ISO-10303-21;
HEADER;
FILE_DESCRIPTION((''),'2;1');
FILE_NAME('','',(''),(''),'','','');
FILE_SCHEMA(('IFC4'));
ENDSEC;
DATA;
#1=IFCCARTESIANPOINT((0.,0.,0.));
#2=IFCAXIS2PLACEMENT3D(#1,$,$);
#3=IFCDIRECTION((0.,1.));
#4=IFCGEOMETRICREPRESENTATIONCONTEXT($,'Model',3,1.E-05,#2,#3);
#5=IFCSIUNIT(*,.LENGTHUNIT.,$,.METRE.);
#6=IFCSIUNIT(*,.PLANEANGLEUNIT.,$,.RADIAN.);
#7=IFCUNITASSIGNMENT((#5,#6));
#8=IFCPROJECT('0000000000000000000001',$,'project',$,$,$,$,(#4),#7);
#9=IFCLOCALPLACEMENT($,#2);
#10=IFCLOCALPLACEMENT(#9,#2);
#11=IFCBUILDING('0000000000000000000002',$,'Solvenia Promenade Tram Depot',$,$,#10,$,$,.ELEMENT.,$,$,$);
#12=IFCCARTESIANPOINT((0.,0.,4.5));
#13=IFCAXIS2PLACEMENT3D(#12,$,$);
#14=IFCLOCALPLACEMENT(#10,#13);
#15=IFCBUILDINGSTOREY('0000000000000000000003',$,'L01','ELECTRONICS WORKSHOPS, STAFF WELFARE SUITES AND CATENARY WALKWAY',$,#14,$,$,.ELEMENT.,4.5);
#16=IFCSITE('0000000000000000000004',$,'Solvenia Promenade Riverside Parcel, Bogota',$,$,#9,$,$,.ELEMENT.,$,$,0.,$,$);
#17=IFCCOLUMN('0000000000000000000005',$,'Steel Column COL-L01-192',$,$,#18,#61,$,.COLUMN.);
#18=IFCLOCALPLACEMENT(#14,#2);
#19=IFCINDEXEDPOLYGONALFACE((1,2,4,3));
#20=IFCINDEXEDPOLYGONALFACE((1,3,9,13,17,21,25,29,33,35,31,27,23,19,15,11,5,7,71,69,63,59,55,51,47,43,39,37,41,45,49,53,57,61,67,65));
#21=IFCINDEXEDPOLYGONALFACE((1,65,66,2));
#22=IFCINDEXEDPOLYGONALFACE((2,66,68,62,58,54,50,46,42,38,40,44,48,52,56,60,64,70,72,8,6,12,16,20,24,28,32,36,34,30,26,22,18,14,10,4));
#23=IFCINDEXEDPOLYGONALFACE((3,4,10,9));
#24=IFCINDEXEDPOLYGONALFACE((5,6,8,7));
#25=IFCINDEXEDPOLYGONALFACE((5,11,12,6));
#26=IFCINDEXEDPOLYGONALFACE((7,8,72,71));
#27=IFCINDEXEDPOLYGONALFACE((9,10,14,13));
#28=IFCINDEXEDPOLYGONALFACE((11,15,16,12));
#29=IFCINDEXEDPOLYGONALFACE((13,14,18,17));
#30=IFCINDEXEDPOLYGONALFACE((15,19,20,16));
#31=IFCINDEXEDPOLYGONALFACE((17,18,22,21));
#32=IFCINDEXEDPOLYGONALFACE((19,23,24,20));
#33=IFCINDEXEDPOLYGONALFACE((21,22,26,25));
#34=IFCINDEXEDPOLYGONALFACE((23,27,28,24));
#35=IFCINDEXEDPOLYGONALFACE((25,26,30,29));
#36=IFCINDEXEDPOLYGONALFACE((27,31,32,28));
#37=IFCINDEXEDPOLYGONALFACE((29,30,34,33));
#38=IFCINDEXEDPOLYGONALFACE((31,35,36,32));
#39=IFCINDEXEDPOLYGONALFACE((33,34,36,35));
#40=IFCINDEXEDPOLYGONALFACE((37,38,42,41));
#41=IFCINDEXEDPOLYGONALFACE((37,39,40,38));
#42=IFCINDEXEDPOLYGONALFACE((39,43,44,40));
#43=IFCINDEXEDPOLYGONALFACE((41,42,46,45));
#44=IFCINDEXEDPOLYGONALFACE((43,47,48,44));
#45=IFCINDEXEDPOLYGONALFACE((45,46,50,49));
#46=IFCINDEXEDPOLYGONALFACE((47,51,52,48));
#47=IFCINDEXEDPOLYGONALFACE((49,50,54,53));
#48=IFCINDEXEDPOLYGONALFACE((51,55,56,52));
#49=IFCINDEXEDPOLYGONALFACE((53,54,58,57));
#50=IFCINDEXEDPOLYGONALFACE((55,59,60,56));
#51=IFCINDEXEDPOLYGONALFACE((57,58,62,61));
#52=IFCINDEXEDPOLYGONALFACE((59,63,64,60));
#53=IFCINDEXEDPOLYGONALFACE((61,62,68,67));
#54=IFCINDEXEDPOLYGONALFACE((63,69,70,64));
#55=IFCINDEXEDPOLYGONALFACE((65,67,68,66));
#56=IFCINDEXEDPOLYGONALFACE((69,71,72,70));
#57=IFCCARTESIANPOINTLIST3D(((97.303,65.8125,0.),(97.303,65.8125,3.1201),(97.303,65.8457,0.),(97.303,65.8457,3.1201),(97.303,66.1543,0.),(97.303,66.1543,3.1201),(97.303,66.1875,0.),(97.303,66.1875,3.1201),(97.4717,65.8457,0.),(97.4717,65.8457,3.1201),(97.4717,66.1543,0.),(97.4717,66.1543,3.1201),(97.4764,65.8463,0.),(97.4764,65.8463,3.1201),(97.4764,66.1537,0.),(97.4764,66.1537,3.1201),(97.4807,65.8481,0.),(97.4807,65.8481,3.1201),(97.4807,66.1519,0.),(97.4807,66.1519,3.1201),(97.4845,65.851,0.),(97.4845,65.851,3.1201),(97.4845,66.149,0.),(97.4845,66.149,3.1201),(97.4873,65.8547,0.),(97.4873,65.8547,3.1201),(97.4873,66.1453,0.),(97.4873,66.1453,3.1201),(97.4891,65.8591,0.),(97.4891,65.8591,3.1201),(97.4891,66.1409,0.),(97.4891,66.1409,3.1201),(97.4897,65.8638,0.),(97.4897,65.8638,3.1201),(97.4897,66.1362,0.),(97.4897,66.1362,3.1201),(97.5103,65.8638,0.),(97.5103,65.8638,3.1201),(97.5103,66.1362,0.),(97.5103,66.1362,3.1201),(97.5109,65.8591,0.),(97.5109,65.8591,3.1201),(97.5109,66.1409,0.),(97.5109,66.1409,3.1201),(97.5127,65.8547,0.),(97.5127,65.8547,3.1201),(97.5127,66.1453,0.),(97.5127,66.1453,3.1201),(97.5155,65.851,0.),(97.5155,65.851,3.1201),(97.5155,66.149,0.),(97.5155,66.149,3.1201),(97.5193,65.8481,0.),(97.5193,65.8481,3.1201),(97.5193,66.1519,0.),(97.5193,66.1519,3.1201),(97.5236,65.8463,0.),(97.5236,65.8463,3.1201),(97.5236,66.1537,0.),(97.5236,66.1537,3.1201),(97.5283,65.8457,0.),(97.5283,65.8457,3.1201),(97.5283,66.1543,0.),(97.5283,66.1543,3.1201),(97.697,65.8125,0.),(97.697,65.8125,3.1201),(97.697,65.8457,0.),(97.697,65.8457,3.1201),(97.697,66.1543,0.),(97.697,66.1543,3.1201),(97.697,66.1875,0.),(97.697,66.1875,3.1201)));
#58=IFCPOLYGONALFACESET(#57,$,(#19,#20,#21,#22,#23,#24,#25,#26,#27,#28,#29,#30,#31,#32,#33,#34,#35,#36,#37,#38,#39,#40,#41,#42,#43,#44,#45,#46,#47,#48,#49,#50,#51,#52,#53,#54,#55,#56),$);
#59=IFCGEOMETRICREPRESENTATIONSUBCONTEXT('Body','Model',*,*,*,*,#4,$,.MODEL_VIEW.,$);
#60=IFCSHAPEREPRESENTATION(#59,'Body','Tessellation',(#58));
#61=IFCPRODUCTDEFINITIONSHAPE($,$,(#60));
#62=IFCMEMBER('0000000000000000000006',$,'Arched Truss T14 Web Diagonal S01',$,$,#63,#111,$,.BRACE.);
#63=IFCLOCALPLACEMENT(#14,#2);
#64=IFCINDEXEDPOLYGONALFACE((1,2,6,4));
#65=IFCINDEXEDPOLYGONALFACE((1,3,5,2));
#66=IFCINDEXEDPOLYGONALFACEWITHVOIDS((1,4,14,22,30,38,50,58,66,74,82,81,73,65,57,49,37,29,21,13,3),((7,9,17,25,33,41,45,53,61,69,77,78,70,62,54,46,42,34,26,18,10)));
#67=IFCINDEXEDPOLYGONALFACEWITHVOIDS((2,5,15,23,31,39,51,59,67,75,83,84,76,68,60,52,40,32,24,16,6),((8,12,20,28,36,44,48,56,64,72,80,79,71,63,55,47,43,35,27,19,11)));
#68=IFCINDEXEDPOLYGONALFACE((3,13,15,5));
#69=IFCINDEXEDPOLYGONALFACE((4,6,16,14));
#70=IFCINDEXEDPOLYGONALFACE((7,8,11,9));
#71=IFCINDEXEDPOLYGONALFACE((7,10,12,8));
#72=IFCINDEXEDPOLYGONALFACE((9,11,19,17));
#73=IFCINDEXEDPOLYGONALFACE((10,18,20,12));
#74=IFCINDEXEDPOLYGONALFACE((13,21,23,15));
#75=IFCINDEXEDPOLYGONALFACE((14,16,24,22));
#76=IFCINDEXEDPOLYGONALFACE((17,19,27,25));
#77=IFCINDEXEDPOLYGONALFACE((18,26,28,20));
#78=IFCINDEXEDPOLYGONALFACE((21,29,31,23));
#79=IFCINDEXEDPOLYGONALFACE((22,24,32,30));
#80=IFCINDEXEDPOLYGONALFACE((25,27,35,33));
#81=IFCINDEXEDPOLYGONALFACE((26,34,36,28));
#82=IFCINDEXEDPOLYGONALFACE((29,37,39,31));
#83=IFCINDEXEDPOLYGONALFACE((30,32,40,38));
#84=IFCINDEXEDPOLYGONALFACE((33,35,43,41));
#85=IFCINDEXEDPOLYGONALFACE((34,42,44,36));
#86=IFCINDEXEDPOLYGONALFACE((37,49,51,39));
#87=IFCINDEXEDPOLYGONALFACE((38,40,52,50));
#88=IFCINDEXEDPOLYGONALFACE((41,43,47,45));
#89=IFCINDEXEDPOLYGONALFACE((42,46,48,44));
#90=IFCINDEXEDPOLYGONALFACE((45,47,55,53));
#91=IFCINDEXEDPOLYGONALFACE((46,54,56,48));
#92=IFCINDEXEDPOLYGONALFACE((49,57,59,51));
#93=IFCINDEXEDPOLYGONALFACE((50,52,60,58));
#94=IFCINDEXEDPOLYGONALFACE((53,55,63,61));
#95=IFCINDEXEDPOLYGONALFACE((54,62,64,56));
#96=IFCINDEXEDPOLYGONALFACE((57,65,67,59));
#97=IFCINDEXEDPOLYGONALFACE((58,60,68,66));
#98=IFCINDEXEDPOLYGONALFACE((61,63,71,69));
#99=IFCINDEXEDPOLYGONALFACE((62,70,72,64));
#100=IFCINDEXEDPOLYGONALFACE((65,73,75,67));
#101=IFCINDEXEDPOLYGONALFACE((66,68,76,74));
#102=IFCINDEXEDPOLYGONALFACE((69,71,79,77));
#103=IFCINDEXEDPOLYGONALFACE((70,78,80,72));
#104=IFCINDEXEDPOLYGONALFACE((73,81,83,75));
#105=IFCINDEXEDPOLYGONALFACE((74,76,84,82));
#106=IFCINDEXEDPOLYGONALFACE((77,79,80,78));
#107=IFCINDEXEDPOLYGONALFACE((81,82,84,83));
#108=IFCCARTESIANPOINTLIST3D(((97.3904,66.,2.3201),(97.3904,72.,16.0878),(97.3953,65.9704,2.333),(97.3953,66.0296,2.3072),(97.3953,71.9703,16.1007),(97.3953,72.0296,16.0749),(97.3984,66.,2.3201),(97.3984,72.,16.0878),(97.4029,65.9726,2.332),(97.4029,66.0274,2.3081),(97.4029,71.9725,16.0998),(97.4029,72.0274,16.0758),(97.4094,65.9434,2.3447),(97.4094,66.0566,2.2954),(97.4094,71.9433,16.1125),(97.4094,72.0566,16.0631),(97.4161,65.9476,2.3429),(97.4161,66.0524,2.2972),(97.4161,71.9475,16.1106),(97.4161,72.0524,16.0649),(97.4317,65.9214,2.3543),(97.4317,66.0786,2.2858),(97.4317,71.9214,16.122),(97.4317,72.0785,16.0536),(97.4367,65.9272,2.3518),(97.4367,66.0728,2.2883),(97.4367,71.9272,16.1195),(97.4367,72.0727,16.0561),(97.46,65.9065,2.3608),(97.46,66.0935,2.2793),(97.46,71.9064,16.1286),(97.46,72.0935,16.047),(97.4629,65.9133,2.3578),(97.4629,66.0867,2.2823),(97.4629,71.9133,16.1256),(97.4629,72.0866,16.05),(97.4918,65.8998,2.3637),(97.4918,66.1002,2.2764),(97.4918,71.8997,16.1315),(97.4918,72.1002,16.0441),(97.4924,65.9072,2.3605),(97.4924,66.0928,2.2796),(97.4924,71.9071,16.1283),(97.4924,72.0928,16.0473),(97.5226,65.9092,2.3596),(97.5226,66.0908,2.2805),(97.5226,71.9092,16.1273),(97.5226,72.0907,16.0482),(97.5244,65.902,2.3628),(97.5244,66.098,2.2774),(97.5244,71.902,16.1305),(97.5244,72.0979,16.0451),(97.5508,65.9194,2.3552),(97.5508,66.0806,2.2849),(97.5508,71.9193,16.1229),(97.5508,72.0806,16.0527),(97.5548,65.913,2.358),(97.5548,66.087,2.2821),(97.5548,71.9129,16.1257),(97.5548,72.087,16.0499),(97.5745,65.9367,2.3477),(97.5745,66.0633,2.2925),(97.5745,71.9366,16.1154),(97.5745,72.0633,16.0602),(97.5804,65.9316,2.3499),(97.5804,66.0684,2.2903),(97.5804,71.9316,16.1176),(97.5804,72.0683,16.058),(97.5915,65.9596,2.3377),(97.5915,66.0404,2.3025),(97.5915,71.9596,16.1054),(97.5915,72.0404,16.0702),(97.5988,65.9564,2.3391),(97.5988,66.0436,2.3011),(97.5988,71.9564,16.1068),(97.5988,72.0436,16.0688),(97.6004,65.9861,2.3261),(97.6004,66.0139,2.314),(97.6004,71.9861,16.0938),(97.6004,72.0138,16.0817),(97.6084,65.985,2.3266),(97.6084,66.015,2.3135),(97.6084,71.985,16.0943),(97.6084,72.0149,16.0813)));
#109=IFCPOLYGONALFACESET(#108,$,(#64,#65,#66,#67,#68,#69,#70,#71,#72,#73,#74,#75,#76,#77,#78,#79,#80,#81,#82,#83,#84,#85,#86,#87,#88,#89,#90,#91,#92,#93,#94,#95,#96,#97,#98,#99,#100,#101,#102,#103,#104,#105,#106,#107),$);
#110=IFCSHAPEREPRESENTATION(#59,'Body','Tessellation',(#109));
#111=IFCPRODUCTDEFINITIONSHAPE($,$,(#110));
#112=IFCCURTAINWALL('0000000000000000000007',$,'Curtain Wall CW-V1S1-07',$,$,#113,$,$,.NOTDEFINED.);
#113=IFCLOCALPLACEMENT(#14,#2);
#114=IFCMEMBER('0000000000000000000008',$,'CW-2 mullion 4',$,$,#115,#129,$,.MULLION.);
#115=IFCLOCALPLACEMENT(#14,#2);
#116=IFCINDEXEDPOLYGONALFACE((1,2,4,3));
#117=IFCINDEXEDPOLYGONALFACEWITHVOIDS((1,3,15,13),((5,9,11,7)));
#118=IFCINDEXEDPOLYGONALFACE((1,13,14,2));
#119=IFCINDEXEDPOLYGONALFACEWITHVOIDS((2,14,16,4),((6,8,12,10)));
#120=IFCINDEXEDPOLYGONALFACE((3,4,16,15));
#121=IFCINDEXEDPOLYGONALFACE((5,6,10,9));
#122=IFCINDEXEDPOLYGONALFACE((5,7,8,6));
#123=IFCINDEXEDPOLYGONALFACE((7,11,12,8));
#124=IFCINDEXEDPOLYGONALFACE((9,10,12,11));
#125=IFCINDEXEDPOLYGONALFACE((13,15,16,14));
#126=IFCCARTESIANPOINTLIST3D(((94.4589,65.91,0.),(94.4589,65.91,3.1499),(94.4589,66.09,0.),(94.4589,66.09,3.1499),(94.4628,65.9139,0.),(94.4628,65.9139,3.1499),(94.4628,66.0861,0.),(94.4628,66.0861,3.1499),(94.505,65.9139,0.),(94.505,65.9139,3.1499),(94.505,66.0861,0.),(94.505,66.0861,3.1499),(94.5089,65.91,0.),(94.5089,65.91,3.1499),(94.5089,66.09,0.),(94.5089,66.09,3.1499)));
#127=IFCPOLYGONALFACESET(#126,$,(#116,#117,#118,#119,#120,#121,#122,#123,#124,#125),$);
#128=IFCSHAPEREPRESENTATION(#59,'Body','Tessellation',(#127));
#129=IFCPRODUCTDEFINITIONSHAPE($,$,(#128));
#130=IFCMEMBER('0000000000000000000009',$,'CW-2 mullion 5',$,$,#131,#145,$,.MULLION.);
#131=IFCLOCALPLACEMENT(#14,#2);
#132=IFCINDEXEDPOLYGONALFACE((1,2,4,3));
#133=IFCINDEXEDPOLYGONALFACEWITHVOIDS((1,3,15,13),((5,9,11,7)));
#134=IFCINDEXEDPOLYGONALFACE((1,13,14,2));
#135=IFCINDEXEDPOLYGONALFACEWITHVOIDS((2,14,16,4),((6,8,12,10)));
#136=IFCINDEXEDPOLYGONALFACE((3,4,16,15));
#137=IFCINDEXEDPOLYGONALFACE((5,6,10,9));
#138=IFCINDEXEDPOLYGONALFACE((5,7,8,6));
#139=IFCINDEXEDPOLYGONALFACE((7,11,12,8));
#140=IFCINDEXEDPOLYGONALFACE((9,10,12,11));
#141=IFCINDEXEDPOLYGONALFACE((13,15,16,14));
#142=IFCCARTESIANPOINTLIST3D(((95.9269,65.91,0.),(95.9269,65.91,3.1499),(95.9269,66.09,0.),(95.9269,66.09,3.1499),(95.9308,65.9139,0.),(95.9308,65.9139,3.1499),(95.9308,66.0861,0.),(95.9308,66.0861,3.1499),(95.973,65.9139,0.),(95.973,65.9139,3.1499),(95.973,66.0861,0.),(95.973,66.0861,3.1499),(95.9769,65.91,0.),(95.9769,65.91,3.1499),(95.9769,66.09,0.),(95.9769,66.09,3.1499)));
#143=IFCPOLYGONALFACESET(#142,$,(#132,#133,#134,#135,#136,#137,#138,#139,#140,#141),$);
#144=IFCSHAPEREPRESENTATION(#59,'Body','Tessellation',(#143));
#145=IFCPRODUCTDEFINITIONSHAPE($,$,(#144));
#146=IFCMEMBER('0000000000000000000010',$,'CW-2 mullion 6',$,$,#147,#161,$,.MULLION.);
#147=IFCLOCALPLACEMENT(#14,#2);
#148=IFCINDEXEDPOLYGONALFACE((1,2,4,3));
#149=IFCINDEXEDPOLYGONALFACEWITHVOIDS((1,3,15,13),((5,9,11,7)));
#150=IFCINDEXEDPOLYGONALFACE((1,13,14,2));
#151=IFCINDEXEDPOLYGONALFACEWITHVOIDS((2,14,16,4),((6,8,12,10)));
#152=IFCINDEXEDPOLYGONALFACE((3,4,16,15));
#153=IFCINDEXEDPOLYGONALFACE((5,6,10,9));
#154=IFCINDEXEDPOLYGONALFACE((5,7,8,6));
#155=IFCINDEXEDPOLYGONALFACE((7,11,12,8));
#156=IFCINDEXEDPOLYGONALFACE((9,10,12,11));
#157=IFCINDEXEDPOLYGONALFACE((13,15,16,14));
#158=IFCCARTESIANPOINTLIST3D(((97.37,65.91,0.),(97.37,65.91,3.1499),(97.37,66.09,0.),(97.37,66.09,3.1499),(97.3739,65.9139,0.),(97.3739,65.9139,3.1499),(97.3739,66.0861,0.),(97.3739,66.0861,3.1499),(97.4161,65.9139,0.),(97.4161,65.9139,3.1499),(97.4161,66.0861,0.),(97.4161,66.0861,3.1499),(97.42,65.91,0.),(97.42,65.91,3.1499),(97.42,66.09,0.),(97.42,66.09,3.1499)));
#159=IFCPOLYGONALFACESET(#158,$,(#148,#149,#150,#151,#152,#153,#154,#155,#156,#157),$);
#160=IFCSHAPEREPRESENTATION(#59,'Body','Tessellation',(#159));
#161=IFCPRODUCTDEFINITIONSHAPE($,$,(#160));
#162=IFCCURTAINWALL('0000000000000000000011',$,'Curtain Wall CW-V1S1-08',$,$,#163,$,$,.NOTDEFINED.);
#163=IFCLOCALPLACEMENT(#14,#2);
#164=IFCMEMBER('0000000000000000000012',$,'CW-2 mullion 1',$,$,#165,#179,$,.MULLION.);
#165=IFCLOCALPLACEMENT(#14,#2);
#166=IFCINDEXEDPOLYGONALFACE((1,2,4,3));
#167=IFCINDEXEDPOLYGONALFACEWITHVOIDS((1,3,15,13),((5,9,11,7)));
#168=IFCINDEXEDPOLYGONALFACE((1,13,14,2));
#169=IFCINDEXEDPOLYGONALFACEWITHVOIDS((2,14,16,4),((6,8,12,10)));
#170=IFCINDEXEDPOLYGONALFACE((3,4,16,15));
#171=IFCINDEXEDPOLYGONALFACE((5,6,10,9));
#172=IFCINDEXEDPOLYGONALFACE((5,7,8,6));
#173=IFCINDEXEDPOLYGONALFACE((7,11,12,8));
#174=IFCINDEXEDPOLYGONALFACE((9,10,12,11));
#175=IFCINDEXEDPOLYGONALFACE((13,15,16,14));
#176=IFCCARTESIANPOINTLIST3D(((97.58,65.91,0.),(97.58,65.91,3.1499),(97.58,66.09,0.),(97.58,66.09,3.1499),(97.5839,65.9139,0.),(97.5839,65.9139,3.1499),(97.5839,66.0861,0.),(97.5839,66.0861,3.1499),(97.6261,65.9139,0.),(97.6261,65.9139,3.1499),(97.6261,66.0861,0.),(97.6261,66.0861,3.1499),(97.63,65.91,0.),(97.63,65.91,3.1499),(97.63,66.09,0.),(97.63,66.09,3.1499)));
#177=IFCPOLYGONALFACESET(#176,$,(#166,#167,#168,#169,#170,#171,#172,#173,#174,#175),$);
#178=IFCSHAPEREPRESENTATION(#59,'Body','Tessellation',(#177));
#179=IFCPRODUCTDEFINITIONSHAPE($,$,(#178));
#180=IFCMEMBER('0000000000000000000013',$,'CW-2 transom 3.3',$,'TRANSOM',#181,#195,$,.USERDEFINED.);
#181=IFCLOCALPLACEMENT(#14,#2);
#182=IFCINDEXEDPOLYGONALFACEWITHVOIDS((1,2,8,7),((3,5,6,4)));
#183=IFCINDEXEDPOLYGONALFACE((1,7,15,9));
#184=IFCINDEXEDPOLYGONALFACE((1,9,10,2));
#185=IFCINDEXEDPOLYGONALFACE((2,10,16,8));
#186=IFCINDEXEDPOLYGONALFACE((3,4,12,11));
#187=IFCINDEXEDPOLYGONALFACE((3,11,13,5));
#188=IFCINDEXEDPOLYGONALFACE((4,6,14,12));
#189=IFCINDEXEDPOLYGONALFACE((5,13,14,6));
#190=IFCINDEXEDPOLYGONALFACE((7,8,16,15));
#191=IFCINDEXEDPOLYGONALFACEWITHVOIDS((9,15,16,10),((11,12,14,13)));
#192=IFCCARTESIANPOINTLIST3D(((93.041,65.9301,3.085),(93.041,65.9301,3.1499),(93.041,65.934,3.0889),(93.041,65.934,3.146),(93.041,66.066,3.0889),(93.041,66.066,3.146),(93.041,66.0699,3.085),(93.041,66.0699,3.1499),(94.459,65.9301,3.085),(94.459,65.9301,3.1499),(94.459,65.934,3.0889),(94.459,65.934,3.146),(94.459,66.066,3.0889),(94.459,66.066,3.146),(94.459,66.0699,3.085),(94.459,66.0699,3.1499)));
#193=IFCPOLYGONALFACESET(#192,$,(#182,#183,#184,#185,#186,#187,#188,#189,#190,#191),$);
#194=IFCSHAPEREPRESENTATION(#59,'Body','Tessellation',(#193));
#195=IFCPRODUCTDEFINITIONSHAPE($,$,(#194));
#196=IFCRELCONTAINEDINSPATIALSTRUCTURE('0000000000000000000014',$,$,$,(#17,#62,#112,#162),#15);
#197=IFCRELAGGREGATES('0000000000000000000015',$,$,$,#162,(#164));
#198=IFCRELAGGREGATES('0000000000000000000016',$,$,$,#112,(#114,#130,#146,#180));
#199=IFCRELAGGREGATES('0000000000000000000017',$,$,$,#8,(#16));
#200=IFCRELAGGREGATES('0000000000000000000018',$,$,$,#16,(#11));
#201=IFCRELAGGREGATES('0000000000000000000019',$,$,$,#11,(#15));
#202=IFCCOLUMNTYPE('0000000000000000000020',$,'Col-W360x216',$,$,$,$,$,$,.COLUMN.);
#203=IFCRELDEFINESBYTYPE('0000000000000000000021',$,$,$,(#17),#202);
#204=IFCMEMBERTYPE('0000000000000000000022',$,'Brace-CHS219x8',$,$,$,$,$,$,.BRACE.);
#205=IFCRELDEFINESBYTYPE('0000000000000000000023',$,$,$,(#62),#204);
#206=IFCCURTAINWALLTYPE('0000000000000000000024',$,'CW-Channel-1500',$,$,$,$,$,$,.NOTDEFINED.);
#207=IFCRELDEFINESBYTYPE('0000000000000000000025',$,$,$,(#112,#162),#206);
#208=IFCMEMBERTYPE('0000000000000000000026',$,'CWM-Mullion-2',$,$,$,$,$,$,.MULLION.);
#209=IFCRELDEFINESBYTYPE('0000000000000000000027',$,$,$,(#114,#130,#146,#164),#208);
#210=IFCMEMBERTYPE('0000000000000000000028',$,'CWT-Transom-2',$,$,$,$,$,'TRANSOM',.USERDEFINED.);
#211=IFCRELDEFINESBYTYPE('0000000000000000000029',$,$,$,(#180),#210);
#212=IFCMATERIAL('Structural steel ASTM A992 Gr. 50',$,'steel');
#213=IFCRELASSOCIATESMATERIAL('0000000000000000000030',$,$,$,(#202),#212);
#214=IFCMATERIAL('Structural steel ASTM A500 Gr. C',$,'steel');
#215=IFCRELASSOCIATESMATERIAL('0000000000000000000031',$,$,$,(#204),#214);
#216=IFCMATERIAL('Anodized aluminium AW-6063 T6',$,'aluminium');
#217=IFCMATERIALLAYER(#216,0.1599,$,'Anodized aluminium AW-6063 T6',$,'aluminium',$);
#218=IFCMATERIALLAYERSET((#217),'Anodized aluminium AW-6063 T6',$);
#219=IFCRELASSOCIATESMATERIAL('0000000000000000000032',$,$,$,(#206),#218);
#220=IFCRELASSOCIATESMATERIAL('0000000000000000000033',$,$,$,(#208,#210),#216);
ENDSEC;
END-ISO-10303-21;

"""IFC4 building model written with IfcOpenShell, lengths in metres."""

from ifc_helpers import new_model, si_unit, direction, frame, origin, origin_2d, place, context, subcontext, project, spatial, hollow_rectangle, hollow_circle, i_section, extrude, material, layer, layer_set, material_profile, profile_set, type_object, element, aggregate, save


model = new_model("IFC4")

# Units and contexts
model_context = context("Model", 3, precision=1e-05, world=origin(), true_north=direction((0.0, 1.0)))
body_context = subcontext(model_context, "Body", "Model", "MODEL_VIEW")
ifc_project = project(units=[si_unit("LENGTHUNIT", "METRE"), si_unit("PLANEANGLEUNIT", "RADIAN")], contexts=[model_context])

# Site, building, storey
site_placement = place(None, origin())
site = spatial("IfcSite", under=ifc_project, at=site_placement, Name="Solvenia Promenade Riverside Parcel, Bogota", CompositionType="ELEMENT", RefElevation=0.0)
building_placement = place(site_placement, origin())
building = spatial("IfcBuilding", under=site, at=building_placement, Name="Solvenia Promenade Tram Depot", CompositionType="ELEMENT")
storey_placement = place(building_placement, frame((0.0, 0.0, 4.5)))
storey = spatial("IfcBuildingStorey", under=building, at=storey_placement, Name="L01", Description="ELECTRONICS WORKSHOPS, STAFF WELFARE SUITES AND CATENARY WALKWAY", CompositionType="ELEMENT", Elevation=4.5)

# Column
ifc_material_1 = material(Name="Structural steel ASTM A992 Gr. 50", Category="steel")
ifc_material_profile_1 = material_profile(ifc_material_1, i_section(OverallWidth=0.394, OverallDepth=0.375, WebThickness=0.0205, FlangeThickness=0.0332, FilletRadius=0.0181, at=origin_2d()), Name="W360x216", Category="steel")
ifc_profile_set_1 = profile_set([ifc_material_profile_1], Name="Structural steel ASTM A992 Gr. 50")
column_type = type_object("IfcColumnType", Name="Col-W360x216", PredefinedType="COLUMN", material=ifc_profile_set_1)
column_placement = place(storey_placement, frame((97.5, 66.0, 0.0), z_axis=(0.0, 0.0, 1.0), x_axis=(1.0, 0.0, 0.0)))
element("IfcColumn", 1, at=column_placement, inside=storey, type_object=column_type, Name="Steel Column COL-L01-192", PredefinedType="COLUMN", context=body_context, shape_type="SweptSolid", body=[
    extrude(i_section(OverallWidth=0.394, OverallDepth=0.375, WebThickness=0.0205, FlangeThickness=0.0332, FilletRadius=0.0181, at=origin_2d()), origin(), (0.0, 0.0, 1.0), 3.1201),
])

# Member
ifc_material_2 = material(Name="Structural steel ASTM A500 Gr. C", Category="steel")
ifc_material_profile_2 = material_profile(ifc_material_2, hollow_circle(Radius=0.1096, WallThickness=0.0081, at=origin_2d()), Name="CHS219.1x8", Category="steel")
ifc_profile_set_2 = profile_set([ifc_material_profile_2], Name="Structural steel ASTM A500 Gr. C")
member_type_1 = type_object("IfcMemberType", Name="Brace-CHS219x8", PredefinedType="BRACE", material=ifc_profile_set_2)
member_1_placement = place(storey_placement, frame((97.5, 66.0, 2.3201), z_axis=(0.0, 0.399509, 0.916729), x_axis=(-1.0, 0.0, 0.0)))
element("IfcMember", 2, at=member_1_placement, inside=storey, type_object=member_type_1, Name="Arched Truss T14 Web Diagonal S01", PredefinedType="BRACE", context=body_context, shape_type="SweptSolid", body=[
    extrude(hollow_circle(Radius=0.1096, WallThickness=0.0081, at=origin_2d()), origin(), (0.0, 0.0, 1.0), 15.0183),
])

# Curtain wall, members
ifc_material_3 = material(Name="Anodized aluminium AW-6063 T6", Category="aluminium")
ifc_layer_1 = layer(ifc_material_3, 0.1599, Name="Anodized aluminium AW-6063 T6", Category="aluminium")
ifc_layer_set_1 = layer_set([ifc_layer_1], Name="Anodized aluminium AW-6063 T6")
curtain_wall_type = type_object("IfcCurtainWallType", Name="CW-Channel-1500", PredefinedType="NOTDEFINED", material=ifc_layer_set_1)
curtain_wall_1_placement = place(storey_placement, origin())
curtain_wall_1 = element("IfcCurtainWall", 3, at=curtain_wall_1_placement, inside=storey, type_object=curtain_wall_type, Name="Curtain Wall CW-V1S1-07", PredefinedType="NOTDEFINED")
ifc_material_profile_3 = material_profile(ifc_material_3, hollow_rectangle(XDim=0.1799, YDim=0.05, WallThickness=0.0039, at=origin_2d()), Name="ALU-M2", Category="aluminium")
ifc_profile_set_3 = profile_set([ifc_material_profile_3], Name="Anodized aluminium AW-6063 T6")
member_type_2 = type_object("IfcMemberType", Name="CWM-Mullion-2", PredefinedType="MULLION", material=ifc_profile_set_3)
member_2_placement = place(storey_placement, frame((94.4839, 66.0, 0.0), z_axis=(0.0, 0.0, 1.0), x_axis=(0.0, 1.0, 0.0)))
member_2 = element("IfcMember", 4, at=member_2_placement, type_object=member_type_2, Name="CW-2 mullion 4", PredefinedType="MULLION", context=body_context, shape_type="SweptSolid", body=[
    extrude(hollow_rectangle(XDim=0.1799, YDim=0.05, WallThickness=0.0039, at=origin_2d()), origin(), (0.0, 0.0, 1.0), 3.1499),
])
member_3_placement = place(storey_placement, frame((95.9519, 66.0, 0.0), z_axis=(0.0, 0.0, 1.0), x_axis=(0.0, 1.0, 0.0)))
member_3 = element("IfcMember", 5, at=member_3_placement, type_object=member_type_2, Name="CW-2 mullion 5", PredefinedType="MULLION", context=body_context, shape_type="SweptSolid", body=[
    extrude(hollow_rectangle(XDim=0.1799, YDim=0.05, WallThickness=0.0039, at=origin_2d()), origin(), (0.0, 0.0, 1.0), 3.1499),
])
member_4_placement = place(storey_placement, frame((97.395, 66.0, 0.0), z_axis=(0.0, 0.0, 1.0), x_axis=(0.0, 1.0, 0.0)))
member_4 = element("IfcMember", 6, at=member_4_placement, type_object=member_type_2, Name="CW-2 mullion 6", PredefinedType="MULLION", context=body_context, shape_type="SweptSolid", body=[
    extrude(hollow_rectangle(XDim=0.1799, YDim=0.05, WallThickness=0.0039, at=origin_2d()), origin(), (0.0, 0.0, 1.0), 3.1499),
])

# Curtain wall, member
curtain_wall_2_placement = place(storey_placement, origin())
curtain_wall_2 = element("IfcCurtainWall", 7, at=curtain_wall_2_placement, inside=storey, type_object=curtain_wall_type, Name="Curtain Wall CW-V1S1-08", PredefinedType="NOTDEFINED")
member_5_placement = place(storey_placement, frame((97.605, 66.0, 0.0), z_axis=(0.0, 0.0, 1.0), x_axis=(0.0, 1.0, 0.0)))
member_5 = element("IfcMember", 8, at=member_5_placement, type_object=member_type_2, Name="CW-2 mullion 1", PredefinedType="MULLION", context=body_context, shape_type="SweptSolid", body=[
    extrude(hollow_rectangle(XDim=0.1799, YDim=0.05, WallThickness=0.0039, at=origin_2d()), origin(), (0.0, 0.0, 1.0), 3.1499),
])

# Member
ifc_material_profile_4 = material_profile(ifc_material_3, hollow_rectangle(XDim=0.1399, YDim=0.0649, WallThickness=0.0039, at=origin_2d()), Name="ALU-T2", Category="aluminium")
ifc_profile_set_4 = profile_set([ifc_material_profile_4], Name="Anodized aluminium AW-6063 T6")
member_type_3 = type_object("IfcMemberType", Name="CWT-Transom-2", ElementType="TRANSOM", PredefinedType="USERDEFINED", material=ifc_profile_set_4)
member_6_placement = place(storey_placement, frame((93.041, 66.0, 3.1174), z_axis=(1.0, 0.0, 0.0), x_axis=(0.0, 1.0, 0.0)))
member_6 = element("IfcMember", 9, at=member_6_placement, type_object=member_type_3, Name="CW-2 transom 3.3", ObjectType="TRANSOM", PredefinedType="USERDEFINED", context=body_context, shape_type="SweptSolid", body=[
    extrude(hollow_rectangle(XDim=0.1399, YDim=0.0649, WallThickness=0.0039, at=origin_2d()), origin(), (0.0, 0.0, 1.0), 1.418),
])
aggregate(curtain_wall_2, [member_5])

aggregate(curtain_wall_1, [member_2, member_3, member_4, member_6])

save(model, "model.ifc")
